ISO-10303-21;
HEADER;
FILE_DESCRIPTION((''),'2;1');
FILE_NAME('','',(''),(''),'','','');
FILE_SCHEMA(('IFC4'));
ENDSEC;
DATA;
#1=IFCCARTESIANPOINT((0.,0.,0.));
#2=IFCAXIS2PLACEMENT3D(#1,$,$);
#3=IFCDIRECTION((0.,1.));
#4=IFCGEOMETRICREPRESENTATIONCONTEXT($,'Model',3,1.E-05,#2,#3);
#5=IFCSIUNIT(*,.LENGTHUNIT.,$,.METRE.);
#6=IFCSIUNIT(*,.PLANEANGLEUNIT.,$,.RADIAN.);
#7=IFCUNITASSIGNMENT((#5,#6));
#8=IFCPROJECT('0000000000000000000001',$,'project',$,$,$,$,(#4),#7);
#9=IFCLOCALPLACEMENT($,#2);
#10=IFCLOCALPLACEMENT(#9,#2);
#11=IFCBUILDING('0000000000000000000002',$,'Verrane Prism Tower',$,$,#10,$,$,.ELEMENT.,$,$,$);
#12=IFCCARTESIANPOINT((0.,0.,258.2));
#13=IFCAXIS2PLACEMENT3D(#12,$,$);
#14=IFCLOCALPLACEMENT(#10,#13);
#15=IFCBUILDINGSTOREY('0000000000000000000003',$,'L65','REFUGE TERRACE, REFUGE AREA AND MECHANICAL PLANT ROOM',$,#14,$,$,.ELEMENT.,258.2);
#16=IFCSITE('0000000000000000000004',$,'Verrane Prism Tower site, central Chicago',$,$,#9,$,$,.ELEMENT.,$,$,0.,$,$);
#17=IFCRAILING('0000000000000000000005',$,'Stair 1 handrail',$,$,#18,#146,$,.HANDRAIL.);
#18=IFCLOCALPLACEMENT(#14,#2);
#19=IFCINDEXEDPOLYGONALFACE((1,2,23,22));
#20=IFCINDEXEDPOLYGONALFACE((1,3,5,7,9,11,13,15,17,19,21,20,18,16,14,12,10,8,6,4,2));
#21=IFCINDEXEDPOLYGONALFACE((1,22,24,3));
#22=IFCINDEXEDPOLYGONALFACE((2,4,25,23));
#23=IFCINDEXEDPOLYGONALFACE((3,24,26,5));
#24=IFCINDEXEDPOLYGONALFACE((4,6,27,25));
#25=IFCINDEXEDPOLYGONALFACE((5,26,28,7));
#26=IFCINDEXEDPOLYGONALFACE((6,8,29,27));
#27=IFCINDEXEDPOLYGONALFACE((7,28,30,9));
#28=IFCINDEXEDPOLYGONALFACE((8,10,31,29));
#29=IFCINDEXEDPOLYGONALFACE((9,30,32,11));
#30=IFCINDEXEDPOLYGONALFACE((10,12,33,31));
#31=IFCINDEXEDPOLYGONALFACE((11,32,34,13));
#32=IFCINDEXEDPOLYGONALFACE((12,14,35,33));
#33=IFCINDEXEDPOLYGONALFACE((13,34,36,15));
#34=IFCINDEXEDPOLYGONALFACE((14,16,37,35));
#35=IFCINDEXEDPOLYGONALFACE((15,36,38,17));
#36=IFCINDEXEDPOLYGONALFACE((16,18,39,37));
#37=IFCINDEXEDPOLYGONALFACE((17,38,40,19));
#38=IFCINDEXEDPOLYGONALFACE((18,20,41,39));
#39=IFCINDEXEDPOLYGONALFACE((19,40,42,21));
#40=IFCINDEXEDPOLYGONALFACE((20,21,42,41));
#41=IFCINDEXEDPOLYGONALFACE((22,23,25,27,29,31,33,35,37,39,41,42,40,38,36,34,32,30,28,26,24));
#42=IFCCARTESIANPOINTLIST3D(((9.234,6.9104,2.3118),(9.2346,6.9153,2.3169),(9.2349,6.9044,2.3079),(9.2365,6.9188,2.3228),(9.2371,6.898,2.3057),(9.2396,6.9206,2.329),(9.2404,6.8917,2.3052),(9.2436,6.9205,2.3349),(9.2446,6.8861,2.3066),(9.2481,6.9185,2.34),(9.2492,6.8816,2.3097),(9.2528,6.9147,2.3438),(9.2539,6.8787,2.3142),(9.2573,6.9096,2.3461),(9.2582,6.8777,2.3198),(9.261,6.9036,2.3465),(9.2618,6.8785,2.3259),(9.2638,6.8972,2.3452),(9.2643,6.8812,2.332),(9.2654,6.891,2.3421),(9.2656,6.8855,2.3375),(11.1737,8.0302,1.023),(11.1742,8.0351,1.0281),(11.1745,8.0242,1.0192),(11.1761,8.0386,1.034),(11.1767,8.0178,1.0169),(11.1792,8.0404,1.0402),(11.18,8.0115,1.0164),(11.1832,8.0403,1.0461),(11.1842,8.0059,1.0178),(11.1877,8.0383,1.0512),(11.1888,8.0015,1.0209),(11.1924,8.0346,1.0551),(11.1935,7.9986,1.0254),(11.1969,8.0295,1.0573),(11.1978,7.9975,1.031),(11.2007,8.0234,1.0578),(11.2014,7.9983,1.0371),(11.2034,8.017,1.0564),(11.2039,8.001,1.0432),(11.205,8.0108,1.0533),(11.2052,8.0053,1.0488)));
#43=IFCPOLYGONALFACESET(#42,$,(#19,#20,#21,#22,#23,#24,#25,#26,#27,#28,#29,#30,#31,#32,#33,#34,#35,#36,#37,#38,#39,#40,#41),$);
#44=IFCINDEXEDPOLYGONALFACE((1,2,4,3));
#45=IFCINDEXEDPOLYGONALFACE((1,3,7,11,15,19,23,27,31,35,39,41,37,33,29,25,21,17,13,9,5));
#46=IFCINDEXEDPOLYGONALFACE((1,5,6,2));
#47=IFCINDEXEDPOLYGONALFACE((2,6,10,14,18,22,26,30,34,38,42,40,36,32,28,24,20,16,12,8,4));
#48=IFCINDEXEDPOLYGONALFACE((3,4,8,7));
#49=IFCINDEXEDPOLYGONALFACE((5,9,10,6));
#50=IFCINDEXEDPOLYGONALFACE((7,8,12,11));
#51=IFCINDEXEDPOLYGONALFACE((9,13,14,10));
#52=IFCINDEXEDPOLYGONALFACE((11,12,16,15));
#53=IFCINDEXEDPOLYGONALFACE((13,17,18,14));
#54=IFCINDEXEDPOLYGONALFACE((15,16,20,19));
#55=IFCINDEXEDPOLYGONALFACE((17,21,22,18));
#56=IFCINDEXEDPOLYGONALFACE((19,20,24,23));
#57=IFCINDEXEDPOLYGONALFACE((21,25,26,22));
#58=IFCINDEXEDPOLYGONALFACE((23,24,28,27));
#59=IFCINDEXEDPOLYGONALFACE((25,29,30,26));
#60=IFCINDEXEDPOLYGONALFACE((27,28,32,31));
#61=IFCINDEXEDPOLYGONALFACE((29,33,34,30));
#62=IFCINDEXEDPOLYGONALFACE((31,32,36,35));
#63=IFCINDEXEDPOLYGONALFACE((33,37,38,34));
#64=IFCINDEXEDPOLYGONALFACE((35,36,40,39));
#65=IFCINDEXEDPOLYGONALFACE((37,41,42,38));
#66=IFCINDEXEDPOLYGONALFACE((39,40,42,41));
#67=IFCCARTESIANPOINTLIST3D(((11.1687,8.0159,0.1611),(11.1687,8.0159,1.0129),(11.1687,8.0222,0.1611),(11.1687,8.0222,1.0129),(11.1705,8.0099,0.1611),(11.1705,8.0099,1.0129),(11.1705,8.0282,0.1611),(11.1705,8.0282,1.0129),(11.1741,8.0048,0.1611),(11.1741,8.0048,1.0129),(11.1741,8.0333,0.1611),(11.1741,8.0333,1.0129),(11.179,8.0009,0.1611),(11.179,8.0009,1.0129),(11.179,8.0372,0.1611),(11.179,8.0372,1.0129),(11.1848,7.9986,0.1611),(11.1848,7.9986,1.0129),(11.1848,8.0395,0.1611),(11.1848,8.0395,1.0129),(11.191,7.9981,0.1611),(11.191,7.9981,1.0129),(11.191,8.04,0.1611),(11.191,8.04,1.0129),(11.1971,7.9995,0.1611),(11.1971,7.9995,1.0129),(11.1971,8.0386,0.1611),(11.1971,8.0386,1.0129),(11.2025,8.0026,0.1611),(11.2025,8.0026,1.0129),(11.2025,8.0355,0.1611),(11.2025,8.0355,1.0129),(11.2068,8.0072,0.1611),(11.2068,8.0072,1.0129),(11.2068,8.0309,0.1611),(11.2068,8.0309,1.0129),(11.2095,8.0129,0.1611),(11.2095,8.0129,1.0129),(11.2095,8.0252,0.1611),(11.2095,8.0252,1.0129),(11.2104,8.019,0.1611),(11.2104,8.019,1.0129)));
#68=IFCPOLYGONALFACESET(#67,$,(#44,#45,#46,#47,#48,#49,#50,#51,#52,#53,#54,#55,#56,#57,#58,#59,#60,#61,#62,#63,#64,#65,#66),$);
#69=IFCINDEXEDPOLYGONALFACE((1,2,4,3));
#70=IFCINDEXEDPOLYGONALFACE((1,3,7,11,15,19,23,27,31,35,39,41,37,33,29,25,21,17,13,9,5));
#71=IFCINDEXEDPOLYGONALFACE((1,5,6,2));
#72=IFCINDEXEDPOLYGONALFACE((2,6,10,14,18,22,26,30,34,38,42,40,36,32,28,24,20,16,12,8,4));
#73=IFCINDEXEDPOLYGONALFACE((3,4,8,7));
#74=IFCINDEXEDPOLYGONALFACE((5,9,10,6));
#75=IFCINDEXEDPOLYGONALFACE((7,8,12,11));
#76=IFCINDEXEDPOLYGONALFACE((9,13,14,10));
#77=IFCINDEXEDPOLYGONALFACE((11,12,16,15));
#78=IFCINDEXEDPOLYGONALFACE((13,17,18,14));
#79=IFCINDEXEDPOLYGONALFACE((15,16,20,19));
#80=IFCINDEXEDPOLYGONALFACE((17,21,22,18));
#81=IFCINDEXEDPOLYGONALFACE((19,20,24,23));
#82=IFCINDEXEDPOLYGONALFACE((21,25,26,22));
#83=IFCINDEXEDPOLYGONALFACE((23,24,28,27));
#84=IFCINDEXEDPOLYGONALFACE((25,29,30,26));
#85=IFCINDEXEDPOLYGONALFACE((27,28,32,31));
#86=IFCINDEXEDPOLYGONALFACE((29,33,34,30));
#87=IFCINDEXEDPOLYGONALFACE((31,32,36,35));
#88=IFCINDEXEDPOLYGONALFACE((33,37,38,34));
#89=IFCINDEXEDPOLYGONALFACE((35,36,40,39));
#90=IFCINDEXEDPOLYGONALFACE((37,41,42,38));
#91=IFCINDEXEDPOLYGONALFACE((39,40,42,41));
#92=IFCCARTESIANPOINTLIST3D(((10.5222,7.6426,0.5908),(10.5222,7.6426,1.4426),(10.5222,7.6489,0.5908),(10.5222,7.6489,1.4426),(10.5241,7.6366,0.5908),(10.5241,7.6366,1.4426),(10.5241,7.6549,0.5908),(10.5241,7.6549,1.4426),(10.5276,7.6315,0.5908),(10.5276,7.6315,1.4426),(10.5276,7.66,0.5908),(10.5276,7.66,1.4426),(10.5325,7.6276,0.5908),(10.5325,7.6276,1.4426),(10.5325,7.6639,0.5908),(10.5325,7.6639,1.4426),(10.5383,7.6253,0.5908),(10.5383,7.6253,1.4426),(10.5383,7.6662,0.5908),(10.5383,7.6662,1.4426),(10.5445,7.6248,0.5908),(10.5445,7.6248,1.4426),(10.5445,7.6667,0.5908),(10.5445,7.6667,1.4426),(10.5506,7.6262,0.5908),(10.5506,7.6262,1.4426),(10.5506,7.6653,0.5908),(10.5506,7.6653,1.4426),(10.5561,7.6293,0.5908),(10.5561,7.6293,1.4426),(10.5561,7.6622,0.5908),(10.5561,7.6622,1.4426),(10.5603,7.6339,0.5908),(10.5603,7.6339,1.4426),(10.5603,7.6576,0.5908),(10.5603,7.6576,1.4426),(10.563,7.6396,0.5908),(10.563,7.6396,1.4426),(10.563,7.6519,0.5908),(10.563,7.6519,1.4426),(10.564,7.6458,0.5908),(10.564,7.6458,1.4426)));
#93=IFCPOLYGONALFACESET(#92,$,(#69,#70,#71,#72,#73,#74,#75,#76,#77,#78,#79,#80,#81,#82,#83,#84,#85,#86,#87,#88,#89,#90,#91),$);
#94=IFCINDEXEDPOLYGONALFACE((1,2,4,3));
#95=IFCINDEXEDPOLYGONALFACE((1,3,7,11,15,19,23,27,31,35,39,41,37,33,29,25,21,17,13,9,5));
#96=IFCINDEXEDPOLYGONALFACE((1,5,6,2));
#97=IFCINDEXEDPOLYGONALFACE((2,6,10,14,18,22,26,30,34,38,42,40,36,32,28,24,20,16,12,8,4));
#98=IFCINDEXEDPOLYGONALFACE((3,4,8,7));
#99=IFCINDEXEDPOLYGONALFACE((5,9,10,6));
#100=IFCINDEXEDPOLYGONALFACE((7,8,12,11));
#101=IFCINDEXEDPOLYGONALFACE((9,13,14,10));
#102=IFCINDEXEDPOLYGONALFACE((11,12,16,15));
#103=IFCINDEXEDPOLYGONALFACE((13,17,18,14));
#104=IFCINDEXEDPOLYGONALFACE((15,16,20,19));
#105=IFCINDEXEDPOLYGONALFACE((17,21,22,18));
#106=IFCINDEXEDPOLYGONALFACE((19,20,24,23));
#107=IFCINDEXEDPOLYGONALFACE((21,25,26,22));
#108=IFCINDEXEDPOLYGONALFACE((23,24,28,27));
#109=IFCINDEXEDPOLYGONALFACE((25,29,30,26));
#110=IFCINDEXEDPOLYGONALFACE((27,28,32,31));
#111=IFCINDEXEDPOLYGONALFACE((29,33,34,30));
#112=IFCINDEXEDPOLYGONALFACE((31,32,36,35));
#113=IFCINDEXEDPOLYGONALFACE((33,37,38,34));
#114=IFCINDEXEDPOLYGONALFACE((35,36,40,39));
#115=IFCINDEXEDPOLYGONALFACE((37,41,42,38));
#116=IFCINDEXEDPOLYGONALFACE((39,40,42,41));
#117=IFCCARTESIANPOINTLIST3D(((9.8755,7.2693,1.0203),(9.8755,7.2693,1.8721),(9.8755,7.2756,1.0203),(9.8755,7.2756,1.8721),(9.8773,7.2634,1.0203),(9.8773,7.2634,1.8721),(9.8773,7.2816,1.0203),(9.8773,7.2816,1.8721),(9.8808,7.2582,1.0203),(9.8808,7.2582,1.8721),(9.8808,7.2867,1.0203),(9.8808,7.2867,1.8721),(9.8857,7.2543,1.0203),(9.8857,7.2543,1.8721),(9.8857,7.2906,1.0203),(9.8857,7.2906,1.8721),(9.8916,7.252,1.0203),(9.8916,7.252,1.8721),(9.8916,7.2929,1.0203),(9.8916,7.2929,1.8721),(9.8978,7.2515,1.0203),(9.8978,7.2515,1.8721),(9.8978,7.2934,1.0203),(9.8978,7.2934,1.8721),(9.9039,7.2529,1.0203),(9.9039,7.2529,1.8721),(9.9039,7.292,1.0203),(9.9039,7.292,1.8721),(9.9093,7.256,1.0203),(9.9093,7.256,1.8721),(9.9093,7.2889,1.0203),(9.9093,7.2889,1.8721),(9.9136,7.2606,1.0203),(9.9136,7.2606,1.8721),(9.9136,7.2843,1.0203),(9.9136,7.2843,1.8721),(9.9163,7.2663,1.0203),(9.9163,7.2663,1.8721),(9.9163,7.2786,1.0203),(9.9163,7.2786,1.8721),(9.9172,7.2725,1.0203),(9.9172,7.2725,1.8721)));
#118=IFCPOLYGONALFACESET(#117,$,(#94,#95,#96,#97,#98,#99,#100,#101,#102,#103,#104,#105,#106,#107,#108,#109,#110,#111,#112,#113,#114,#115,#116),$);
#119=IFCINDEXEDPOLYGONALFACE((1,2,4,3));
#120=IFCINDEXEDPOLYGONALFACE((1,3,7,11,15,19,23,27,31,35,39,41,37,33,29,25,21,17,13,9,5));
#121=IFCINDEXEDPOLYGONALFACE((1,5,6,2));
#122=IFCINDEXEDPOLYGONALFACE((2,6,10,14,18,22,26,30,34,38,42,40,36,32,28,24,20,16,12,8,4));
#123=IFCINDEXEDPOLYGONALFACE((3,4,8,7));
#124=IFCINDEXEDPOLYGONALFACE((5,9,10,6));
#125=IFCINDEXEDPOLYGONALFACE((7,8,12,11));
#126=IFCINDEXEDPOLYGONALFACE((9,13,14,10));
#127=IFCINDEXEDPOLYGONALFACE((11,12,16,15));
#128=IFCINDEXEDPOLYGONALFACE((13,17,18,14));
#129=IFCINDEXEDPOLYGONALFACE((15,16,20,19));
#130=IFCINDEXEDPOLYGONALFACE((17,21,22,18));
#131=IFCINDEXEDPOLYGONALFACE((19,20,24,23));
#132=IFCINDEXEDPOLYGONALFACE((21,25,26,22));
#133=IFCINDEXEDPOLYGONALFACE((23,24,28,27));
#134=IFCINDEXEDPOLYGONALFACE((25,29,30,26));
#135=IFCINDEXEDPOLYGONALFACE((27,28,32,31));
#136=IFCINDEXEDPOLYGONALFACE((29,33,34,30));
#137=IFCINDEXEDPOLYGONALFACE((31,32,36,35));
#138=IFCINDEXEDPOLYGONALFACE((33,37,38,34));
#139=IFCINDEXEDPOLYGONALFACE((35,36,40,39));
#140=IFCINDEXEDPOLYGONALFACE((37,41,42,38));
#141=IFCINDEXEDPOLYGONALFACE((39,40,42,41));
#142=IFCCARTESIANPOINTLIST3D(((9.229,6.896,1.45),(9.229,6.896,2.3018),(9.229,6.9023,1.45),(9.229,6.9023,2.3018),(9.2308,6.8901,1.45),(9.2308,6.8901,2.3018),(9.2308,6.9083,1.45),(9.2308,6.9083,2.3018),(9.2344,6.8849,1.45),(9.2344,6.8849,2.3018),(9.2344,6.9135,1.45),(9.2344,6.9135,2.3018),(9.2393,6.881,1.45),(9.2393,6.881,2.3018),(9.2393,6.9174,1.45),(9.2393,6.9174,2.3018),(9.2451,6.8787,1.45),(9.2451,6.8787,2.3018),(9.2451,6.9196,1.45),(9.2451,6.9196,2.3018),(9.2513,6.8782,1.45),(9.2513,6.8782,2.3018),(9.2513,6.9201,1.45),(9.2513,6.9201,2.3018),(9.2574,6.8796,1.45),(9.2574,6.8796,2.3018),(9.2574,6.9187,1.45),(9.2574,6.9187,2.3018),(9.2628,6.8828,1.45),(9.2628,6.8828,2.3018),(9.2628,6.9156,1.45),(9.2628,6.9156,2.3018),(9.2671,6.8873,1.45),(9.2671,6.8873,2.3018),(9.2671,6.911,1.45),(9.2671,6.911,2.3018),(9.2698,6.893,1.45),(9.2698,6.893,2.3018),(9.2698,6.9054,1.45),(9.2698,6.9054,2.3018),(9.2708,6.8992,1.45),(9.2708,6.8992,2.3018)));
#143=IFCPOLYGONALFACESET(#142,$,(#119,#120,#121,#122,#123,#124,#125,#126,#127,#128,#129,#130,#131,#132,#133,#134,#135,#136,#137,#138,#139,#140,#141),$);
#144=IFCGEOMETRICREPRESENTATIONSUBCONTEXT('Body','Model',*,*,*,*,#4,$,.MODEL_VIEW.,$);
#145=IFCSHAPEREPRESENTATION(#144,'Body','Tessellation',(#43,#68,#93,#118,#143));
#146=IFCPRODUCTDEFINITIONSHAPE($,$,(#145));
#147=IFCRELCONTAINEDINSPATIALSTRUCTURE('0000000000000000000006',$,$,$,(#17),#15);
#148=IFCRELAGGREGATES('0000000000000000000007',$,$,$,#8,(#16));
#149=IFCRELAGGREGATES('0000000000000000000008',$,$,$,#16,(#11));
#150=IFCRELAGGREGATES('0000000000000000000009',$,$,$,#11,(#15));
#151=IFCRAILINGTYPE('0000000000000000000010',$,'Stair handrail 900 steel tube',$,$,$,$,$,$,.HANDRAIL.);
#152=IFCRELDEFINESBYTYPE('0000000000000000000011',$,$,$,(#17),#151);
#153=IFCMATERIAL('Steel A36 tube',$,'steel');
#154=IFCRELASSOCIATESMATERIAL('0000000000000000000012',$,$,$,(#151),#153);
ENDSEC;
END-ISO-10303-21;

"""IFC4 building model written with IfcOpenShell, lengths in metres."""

from ifc_helpers import new_model, si_unit, direction, frame, origin, origin_2d, place, context, subcontext, project, spatial, circle, extrude, material, type_object, element, save


model = new_model("IFC4")

# Units and contexts
model_context = context("Model", 3, precision=1e-05, world=origin(), true_north=direction((0.0, 1.0)))
body_context = subcontext(model_context, "Body", "Model", "MODEL_VIEW")
ifc_project = project(units=[si_unit("LENGTHUNIT", "METRE"), si_unit("PLANEANGLEUNIT", "RADIAN")], contexts=[model_context])

# Site, building, storey
site_placement = place(None, origin())
site = spatial("IfcSite", under=ifc_project, at=site_placement, Name="Verrane Prism Tower site, central Chicago", CompositionType="ELEMENT", RefElevation=0.0)
building_placement = place(site_placement, origin())
building = spatial("IfcBuilding", under=site, at=building_placement, Name="Verrane Prism Tower", CompositionType="ELEMENT")
storey_placement = place(building_placement, frame((0.0, 0.0, 258.2)))
storey = spatial("IfcBuildingStorey", under=building, at=storey_placement, Name="L65", Description="REFUGE TERRACE, REFUGE AREA AND MECHANICAL PLANT ROOM", CompositionType="ELEMENT", Elevation=258.2)

# Railing
ifc_material_1 = material(Name="Steel A36 tube", Category="steel")
railing_type_1 = type_object("IfcRailingType", Name="Stair handrail 900 steel tube", PredefinedType="HANDRAIL", material=ifc_material_1)
railing_1_placement = place(storey_placement, frame((11.1895, 8.019, 0.1611)))
element("IfcRailing", 1, at=railing_1_placement, inside=storey, type_object=railing_type_1, Name="Stair 1 handrail", PredefinedType="HANDRAIL", context=body_context, shape_type="SweptSolid", body=[
    extrude(circle(Radius=0.0239, at=origin_2d()), frame((0.0, 0.0, 0.876), z_axis=(-0.750627, -0.43337, 0.498749), x_axis=(0.499996, -0.866028, 0.0)), (0.0, 0.0, 1.0), 2.584),
    extrude(circle(Radius=0.021, at=origin_2d()), origin(), (0.0, 0.0, 1.0), 0.8518),
    extrude(circle(Radius=0.021, at=origin_2d()), frame((-0.6465, -0.3733, 0.4297)), (0.0, 0.0, 1.0), 0.8518),
    extrude(circle(Radius=0.021, at=origin_2d()), frame((-1.2932, -0.7466, 0.8591)), (0.0, 0.0, 1.0), 0.8518),
    extrude(circle(Radius=0.021, at=origin_2d()), frame((-1.9397, -1.1199, 1.2888)), (0.0, 0.0, 1.0), 0.8518),
])

save(model, "model.ifc")
